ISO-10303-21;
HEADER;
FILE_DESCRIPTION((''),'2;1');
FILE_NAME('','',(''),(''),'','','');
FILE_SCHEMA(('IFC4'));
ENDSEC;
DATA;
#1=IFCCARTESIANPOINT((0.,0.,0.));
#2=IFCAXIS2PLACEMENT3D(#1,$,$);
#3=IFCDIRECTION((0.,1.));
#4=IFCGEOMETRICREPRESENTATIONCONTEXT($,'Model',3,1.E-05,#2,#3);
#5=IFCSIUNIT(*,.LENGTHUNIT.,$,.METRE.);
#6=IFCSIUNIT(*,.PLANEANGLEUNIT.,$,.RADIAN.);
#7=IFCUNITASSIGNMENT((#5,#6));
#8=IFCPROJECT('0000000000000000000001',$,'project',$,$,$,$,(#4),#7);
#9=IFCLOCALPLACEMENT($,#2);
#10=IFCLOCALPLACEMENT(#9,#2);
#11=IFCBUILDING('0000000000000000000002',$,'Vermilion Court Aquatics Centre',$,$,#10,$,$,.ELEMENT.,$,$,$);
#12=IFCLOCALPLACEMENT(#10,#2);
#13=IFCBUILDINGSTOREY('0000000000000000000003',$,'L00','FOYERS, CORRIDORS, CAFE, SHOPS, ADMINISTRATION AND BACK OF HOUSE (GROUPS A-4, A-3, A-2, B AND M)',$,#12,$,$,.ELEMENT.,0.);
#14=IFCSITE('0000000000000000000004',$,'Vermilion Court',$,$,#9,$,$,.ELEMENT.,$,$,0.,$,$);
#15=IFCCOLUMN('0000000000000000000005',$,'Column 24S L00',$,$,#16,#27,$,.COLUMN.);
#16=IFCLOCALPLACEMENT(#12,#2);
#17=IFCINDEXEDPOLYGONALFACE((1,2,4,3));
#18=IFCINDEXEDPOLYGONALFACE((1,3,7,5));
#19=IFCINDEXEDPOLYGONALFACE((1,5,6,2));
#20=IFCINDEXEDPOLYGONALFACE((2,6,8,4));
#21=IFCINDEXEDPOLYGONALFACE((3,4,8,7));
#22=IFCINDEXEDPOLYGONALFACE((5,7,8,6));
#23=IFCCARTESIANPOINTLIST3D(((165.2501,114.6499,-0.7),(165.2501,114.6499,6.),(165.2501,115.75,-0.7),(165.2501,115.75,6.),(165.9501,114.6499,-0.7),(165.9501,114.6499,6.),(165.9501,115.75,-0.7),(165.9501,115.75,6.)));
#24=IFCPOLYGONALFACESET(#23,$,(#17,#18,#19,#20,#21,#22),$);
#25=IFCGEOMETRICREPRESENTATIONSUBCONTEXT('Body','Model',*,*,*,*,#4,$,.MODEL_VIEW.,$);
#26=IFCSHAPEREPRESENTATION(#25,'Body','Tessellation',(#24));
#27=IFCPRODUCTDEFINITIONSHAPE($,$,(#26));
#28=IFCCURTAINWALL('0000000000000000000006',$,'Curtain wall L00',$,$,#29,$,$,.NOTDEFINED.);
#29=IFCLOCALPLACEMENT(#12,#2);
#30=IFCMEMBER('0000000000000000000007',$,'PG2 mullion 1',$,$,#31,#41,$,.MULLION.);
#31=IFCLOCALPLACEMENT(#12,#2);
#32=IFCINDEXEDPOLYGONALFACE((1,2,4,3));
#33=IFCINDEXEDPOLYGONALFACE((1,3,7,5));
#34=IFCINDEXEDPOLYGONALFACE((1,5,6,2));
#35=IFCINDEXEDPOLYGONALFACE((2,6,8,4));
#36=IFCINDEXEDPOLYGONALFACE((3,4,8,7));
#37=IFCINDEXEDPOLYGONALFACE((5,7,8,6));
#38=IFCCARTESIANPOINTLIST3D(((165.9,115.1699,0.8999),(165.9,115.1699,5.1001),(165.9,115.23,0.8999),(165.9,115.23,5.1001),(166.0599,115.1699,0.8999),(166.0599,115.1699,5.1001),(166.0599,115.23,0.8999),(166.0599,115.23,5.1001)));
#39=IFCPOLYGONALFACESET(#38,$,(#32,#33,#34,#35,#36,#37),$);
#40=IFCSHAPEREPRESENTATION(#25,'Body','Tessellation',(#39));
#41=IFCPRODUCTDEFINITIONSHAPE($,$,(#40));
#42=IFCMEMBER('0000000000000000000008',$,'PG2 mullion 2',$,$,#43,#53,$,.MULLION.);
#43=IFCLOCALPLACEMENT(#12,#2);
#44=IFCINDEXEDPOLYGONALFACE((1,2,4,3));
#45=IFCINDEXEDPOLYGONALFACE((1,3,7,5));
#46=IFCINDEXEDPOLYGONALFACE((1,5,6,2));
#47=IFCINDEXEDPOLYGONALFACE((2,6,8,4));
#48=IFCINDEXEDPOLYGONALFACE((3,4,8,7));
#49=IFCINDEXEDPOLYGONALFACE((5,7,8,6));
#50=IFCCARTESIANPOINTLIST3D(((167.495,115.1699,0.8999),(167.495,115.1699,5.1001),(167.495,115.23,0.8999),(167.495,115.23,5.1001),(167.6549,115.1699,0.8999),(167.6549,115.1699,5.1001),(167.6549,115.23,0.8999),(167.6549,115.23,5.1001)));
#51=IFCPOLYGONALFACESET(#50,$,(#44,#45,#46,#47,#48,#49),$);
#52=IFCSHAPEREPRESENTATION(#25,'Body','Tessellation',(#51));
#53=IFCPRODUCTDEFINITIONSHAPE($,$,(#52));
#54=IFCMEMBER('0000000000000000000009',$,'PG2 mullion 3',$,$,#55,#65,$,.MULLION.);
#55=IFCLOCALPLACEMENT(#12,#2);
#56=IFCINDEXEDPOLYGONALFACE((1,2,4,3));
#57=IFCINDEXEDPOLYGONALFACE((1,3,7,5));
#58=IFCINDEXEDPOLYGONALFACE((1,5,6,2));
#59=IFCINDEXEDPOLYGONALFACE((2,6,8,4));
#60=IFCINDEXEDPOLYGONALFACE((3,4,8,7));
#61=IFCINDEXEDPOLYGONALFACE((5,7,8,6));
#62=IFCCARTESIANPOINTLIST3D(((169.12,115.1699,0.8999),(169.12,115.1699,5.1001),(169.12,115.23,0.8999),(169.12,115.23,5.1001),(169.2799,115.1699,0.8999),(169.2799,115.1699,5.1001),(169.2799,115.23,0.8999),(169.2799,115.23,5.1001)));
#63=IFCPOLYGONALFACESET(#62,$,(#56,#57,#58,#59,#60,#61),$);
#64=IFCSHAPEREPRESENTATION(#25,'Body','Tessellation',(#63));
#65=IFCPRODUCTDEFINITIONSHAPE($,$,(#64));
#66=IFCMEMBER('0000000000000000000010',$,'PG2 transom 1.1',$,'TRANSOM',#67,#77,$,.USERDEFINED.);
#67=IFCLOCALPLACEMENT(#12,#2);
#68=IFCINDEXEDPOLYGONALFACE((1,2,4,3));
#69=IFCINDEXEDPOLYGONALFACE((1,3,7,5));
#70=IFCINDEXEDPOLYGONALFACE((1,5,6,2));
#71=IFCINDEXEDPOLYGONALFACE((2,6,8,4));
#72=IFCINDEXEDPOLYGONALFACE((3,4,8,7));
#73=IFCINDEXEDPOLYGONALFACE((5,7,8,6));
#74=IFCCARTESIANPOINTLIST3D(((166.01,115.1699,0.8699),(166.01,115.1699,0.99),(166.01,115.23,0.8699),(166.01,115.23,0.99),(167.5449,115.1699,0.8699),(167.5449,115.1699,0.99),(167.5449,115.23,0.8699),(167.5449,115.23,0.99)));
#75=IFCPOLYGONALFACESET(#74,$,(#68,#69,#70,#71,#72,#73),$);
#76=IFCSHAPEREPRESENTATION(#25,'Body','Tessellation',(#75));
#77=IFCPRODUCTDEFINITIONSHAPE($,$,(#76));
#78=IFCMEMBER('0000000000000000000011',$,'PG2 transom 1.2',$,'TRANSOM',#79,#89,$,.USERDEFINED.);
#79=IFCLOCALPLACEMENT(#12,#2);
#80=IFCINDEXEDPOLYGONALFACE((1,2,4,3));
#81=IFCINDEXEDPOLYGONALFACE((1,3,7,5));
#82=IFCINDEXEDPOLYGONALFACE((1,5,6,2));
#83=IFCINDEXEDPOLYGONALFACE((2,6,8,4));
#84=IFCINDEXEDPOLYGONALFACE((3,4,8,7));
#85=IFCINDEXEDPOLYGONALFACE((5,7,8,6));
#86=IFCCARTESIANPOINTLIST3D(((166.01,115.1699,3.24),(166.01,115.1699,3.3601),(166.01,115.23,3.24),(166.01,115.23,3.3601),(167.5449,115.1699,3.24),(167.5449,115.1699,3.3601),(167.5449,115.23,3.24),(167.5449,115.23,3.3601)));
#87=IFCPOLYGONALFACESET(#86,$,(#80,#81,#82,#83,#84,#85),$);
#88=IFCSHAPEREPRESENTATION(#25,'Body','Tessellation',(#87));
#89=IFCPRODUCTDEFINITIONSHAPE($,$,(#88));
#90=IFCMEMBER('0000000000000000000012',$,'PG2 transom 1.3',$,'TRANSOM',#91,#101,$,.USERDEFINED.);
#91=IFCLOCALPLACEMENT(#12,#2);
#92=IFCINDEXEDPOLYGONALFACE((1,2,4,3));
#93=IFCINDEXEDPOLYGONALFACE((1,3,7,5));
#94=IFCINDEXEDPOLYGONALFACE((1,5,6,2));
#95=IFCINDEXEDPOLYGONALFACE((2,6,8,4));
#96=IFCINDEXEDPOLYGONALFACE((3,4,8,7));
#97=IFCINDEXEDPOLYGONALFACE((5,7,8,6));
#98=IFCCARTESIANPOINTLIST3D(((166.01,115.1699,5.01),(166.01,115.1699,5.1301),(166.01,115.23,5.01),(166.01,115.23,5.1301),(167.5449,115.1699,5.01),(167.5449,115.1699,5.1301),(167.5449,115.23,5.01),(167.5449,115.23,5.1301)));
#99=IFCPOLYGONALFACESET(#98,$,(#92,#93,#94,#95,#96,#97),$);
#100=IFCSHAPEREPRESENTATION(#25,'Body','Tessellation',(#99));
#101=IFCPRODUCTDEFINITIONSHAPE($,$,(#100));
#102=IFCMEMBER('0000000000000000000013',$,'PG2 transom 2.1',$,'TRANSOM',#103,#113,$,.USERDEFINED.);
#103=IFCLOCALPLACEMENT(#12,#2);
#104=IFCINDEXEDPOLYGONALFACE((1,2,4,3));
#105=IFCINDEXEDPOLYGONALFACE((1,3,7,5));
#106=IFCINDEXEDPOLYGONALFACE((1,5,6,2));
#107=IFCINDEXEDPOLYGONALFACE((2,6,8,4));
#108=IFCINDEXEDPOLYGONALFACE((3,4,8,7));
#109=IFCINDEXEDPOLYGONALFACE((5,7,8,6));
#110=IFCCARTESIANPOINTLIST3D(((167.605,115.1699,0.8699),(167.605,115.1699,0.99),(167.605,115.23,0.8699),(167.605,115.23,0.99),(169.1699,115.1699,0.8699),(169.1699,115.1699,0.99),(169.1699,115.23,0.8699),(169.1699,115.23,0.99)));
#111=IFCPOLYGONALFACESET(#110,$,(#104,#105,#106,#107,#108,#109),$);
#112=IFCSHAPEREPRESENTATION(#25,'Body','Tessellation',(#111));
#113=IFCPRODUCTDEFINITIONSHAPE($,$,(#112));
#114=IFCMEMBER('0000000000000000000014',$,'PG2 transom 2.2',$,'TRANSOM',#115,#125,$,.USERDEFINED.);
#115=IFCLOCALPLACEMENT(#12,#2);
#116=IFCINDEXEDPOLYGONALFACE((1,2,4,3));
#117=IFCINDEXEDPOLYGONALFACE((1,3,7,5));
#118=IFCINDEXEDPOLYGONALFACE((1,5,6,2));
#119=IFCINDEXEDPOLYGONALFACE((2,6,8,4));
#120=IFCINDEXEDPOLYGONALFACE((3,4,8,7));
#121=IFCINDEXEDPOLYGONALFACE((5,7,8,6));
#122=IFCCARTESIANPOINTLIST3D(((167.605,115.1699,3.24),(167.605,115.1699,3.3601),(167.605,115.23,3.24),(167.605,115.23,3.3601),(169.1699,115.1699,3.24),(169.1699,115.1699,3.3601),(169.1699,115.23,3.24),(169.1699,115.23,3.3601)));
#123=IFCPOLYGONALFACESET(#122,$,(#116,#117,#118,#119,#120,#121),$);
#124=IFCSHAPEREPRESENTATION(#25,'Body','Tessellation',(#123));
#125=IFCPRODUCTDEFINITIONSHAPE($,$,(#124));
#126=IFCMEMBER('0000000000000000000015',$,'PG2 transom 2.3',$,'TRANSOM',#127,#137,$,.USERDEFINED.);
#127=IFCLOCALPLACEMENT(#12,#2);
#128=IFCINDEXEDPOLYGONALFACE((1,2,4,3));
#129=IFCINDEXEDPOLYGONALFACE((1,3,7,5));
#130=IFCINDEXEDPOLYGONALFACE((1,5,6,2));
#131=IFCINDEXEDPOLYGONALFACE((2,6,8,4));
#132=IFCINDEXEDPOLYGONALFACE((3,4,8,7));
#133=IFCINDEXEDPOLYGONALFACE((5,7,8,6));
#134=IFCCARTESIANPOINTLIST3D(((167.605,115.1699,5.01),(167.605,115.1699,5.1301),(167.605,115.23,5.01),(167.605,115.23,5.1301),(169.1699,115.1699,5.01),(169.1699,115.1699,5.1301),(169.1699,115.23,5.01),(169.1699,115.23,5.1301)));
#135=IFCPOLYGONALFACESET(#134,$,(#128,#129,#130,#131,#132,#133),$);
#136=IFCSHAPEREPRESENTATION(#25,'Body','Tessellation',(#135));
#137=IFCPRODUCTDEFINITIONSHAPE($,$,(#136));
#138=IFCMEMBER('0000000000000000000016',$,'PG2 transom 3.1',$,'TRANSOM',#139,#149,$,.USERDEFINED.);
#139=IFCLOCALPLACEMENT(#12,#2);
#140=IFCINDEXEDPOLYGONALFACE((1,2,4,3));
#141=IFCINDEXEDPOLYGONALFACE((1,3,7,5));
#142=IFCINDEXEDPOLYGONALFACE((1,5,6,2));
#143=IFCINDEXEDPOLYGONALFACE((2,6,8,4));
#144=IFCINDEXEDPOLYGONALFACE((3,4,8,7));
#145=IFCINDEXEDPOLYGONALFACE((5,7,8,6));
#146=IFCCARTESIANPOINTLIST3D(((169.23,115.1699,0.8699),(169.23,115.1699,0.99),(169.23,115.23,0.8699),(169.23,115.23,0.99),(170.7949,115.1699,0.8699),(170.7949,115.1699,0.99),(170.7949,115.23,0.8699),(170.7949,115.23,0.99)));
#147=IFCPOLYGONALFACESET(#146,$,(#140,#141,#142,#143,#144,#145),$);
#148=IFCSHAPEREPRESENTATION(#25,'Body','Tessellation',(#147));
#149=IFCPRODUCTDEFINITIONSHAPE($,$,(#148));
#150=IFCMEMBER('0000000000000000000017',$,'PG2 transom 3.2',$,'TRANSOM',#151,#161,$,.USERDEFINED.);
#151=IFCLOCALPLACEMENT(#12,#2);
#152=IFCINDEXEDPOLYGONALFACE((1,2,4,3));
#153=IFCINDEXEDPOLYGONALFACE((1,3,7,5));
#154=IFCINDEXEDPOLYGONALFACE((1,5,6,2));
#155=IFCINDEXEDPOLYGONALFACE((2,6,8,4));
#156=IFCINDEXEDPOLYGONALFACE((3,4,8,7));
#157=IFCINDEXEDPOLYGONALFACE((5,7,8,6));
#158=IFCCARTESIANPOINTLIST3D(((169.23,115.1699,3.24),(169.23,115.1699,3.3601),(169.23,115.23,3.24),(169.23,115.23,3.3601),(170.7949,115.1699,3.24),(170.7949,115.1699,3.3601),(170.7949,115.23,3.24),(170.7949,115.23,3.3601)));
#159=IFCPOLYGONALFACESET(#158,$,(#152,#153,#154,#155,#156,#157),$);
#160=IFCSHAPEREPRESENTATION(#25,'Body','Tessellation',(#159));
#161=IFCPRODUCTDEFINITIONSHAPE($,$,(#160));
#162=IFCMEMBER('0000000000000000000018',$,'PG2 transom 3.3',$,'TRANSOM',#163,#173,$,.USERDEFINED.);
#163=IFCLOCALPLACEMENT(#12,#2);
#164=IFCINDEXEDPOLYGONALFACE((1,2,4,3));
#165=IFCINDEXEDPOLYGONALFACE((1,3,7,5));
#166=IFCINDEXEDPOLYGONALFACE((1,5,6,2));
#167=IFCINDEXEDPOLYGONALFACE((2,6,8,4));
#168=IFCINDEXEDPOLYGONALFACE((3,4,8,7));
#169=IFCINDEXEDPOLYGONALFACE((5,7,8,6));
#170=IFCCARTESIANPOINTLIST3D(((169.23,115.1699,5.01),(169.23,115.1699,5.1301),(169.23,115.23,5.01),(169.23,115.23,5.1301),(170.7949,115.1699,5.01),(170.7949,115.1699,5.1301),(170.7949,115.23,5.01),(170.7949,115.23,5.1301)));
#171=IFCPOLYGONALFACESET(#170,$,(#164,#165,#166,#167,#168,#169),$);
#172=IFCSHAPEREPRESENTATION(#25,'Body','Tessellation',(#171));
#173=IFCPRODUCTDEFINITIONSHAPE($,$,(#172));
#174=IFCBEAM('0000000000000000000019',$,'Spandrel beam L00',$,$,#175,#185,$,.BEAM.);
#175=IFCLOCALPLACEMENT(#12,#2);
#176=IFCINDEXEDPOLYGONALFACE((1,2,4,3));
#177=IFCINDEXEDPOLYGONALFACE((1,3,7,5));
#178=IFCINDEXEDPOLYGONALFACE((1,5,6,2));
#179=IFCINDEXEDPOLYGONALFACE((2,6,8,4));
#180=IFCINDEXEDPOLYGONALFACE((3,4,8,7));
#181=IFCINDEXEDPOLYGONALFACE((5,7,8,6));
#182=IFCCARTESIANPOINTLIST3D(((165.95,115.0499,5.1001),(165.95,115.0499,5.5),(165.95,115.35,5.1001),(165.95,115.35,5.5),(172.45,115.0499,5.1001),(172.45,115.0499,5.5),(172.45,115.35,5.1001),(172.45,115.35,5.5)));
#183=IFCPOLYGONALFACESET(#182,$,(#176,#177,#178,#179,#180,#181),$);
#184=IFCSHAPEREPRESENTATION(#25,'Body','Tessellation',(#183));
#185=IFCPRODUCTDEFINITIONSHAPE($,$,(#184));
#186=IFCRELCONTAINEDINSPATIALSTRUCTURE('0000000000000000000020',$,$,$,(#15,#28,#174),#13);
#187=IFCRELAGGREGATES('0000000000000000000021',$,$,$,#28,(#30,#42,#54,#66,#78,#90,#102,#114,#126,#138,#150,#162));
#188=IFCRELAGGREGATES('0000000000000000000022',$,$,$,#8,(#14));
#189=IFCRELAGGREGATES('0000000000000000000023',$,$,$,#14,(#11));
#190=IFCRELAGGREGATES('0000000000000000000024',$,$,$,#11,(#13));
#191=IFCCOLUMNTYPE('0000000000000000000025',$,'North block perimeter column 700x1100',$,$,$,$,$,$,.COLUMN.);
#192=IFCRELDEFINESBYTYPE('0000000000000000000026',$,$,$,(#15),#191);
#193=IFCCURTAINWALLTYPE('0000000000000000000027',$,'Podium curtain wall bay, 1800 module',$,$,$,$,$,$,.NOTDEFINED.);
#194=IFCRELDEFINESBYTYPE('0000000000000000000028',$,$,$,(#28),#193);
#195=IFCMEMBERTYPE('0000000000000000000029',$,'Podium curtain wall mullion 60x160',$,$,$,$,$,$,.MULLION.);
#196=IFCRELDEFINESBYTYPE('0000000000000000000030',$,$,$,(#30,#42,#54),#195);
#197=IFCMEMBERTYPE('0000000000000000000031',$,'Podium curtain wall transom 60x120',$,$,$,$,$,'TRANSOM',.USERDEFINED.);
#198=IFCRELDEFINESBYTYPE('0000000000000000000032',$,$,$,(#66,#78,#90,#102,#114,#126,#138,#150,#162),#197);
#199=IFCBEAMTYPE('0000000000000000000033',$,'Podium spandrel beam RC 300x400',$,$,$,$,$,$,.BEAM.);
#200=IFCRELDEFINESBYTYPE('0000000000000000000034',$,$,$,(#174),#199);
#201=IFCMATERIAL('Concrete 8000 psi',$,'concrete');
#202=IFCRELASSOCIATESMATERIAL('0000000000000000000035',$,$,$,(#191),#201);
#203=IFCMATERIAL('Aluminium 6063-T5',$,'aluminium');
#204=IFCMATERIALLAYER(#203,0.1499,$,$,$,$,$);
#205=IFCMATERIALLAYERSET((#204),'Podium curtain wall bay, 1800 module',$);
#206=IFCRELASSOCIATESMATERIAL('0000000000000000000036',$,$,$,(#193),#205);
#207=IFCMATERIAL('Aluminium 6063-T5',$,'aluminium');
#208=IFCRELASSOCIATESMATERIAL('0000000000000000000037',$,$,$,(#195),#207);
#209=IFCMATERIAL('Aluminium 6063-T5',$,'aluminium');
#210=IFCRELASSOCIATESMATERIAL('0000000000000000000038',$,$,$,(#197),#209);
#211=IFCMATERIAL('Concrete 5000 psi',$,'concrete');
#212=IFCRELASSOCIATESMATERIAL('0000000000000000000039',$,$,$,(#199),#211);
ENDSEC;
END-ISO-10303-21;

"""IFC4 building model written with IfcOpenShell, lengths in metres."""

from ifc_helpers import new_model, si_unit, direction, frame, origin, origin_2d, place, context, subcontext, project, spatial, rectangle, extrude, material, layer, layer_set, material_profile, profile_set, type_object, element, aggregate, save


model = new_model("IFC4")

# Units and contexts
model_context = context("Model", 3, precision=1e-05, world=origin(), true_north=direction((0.0, 1.0)))
body_context = subcontext(model_context, "Body", "Model", "MODEL_VIEW")
ifc_project = project(units=[si_unit("LENGTHUNIT", "METRE"), si_unit("PLANEANGLEUNIT", "RADIAN")], contexts=[model_context])

# Site, building, storey
site_placement = place(None, origin())
site = spatial("IfcSite", under=ifc_project, at=site_placement, Name="Vermilion Court", CompositionType="ELEMENT", RefElevation=0.0)
building_placement = place(site_placement, origin())
building = spatial("IfcBuilding", under=site, at=building_placement, Name="Vermilion Court Aquatics Centre", CompositionType="ELEMENT")
storey_placement = place(building_placement, origin())
storey = spatial("IfcBuildingStorey", under=building, at=storey_placement, Name="L00", Description="FOYERS, CORRIDORS, CAFE, SHOPS, ADMINISTRATION AND BACK OF HOUSE (GROUPS A-4, A-3, A-2, B AND M)", CompositionType="ELEMENT", Elevation=0.0)

# Column
ifc_material_1 = material(Name="Concrete 8000 psi", Category="concrete")
ifc_material_profile_1 = material_profile(ifc_material_1, rectangle(XDim=0.7, YDim=1.1001, at=origin_2d()), Name="RC 700x1100")
ifc_profile_set_1 = profile_set([ifc_material_profile_1], Name="Concrete 8000 psi")
column_type = type_object("IfcColumnType", Name="North block perimeter column 700x1100", PredefinedType="COLUMN", material=ifc_profile_set_1)
column_placement = place(storey_placement, frame((165.6001, 115.2, -0.7), z_axis=(0.0, 0.0, 1.0), x_axis=(1.0, 0.0, 0.0)))
element("IfcColumn", 1, at=column_placement, inside=storey, type_object=column_type, Name="Column 24S L00", PredefinedType="COLUMN", context=body_context, shape_type="SweptSolid", body=[
    extrude(rectangle(XDim=0.7, YDim=1.1001, at=origin_2d()), origin(), (0.0, 0.0, 1.0), 6.7),
])

# Curtain wall, members
ifc_material_2 = material(Name="Aluminium 6063-T5", Category="aluminium")
ifc_layer_1 = layer(ifc_material_2, 0.1499)
ifc_layer_set_1 = layer_set([ifc_layer_1], Name="Podium curtain wall bay, 1800 module")
curtain_wall_type = type_object("IfcCurtainWallType", Name="Podium curtain wall bay, 1800 module", PredefinedType="NOTDEFINED", material=ifc_layer_set_1)
curtain_wall_placement = place(storey_placement, origin())
curtain_wall = element("IfcCurtainWall", 2, at=curtain_wall_placement, inside=storey, type_object=curtain_wall_type, Name="Curtain wall L00", PredefinedType="NOTDEFINED")
ifc_material_3 = material(Name="Aluminium 6063-T5", Category="aluminium")
ifc_material_profile_2 = material_profile(ifc_material_3, rectangle(XDim=0.0601, YDim=0.1599, at=origin_2d()), Name="Mullion 60x160")
ifc_profile_set_2 = profile_set([ifc_material_profile_2], Name="Aluminium 6063-T5")
member_type_1 = type_object("IfcMemberType", Name="Podium curtain wall mullion 60x160", PredefinedType="MULLION", material=ifc_profile_set_2)
member_1_placement = place(storey_placement, frame((165.98, 115.2, 0.8999), z_axis=(0.0, 0.0, 1.0), x_axis=(0.0, 1.0, 0.0)))
member_1 = element("IfcMember", 3, at=member_1_placement, type_object=member_type_1, Name="PG2 mullion 1", PredefinedType="MULLION", context=body_context, shape_type="SweptSolid", body=[
    extrude(rectangle(XDim=0.0601, YDim=0.1599, at=origin_2d()), origin(), (0.0, 0.0, 1.0), 4.2002),
])
member_2_placement = place(storey_placement, frame((167.575, 115.2, 0.8999), z_axis=(0.0, 0.0, 1.0), x_axis=(0.0, 1.0, 0.0)))
member_2 = element("IfcMember", 4, at=member_2_placement, type_object=member_type_1, Name="PG2 mullion 2", PredefinedType="MULLION", context=body_context, shape_type="SweptSolid", body=[
    extrude(rectangle(XDim=0.0601, YDim=0.1599, at=origin_2d()), origin(), (0.0, 0.0, 1.0), 4.2002),
])
member_3_placement = place(storey_placement, frame((169.2, 115.2, 0.8999), z_axis=(0.0, 0.0, 1.0), x_axis=(0.0, 1.0, 0.0)))
member_3 = element("IfcMember", 5, at=member_3_placement, type_object=member_type_1, Name="PG2 mullion 3", PredefinedType="MULLION", context=body_context, shape_type="SweptSolid", body=[
    extrude(rectangle(XDim=0.0601, YDim=0.1599, at=origin_2d()), origin(), (0.0, 0.0, 1.0), 4.2002),
])
ifc_material_4 = material(Name="Aluminium 6063-T5", Category="aluminium")
ifc_material_profile_3 = material_profile(ifc_material_4, rectangle(XDim=0.0601, YDim=0.1201, at=origin_2d()), Name="Transom 60x120")
ifc_profile_set_3 = profile_set([ifc_material_profile_3], Name="Aluminium 6063-T5")
member_type_2 = type_object("IfcMemberType", Name="Podium curtain wall transom 60x120", ElementType="TRANSOM", PredefinedType="USERDEFINED", material=ifc_profile_set_3)
member_4_placement = place(storey_placement, frame((166.01, 115.2, 0.9299), z_axis=(1.0, 0.0, 0.0), x_axis=(0.0, 1.0, 0.0)))
member_4 = element("IfcMember", 6, at=member_4_placement, type_object=member_type_2, Name="PG2 transom 1.1", ObjectType="TRANSOM", PredefinedType="USERDEFINED", context=body_context, shape_type="SweptSolid", body=[
    extrude(rectangle(XDim=0.0601, YDim=0.1201, at=origin_2d()), origin(), (0.0, 0.0, 1.0), 1.5349),
])
member_5_placement = place(storey_placement, frame((166.01, 115.2, 3.3), z_axis=(1.0, 0.0, 0.0), x_axis=(0.0, 1.0, 0.0)))
member_5 = element("IfcMember", 7, at=member_5_placement, type_object=member_type_2, Name="PG2 transom 1.2", ObjectType="TRANSOM", PredefinedType="USERDEFINED", context=body_context, shape_type="SweptSolid", body=[
    extrude(rectangle(XDim=0.0601, YDim=0.1201, at=origin_2d()), origin(), (0.0, 0.0, 1.0), 1.5349),
])
member_6_placement = place(storey_placement, frame((166.01, 115.2, 5.0701), z_axis=(1.0, 0.0, 0.0), x_axis=(0.0, 1.0, 0.0)))
member_6 = element("IfcMember", 8, at=member_6_placement, type_object=member_type_2, Name="PG2 transom 1.3", ObjectType="TRANSOM", PredefinedType="USERDEFINED", context=body_context, shape_type="SweptSolid", body=[
    extrude(rectangle(XDim=0.0601, YDim=0.1201, at=origin_2d()), origin(), (0.0, 0.0, 1.0), 1.5349),
])
member_7_placement = place(storey_placement, frame((167.605, 115.2, 0.9299), z_axis=(1.0, 0.0, 0.0), x_axis=(0.0, 1.0, 0.0)))
member_7 = element("IfcMember", 9, at=member_7_placement, type_object=member_type_2, Name="PG2 transom 2.1", ObjectType="TRANSOM", PredefinedType="USERDEFINED", context=body_context, shape_type="SweptSolid", body=[
    extrude(rectangle(XDim=0.0601, YDim=0.1201, at=origin_2d()), origin(), (0.0, 0.0, 1.0), 1.5649),
])
member_8_placement = place(storey_placement, frame((167.605, 115.2, 3.3), z_axis=(1.0, 0.0, 0.0), x_axis=(0.0, 1.0, 0.0)))
member_8 = element("IfcMember", 10, at=member_8_placement, type_object=member_type_2, Name="PG2 transom 2.2", ObjectType="TRANSOM", PredefinedType="USERDEFINED", context=body_context, shape_type="SweptSolid", body=[
    extrude(rectangle(XDim=0.0601, YDim=0.1201, at=origin_2d()), origin(), (0.0, 0.0, 1.0), 1.5649),
])
member_9_placement = place(storey_placement, frame((167.605, 115.2, 5.0701), z_axis=(1.0, 0.0, 0.0), x_axis=(0.0, 1.0, 0.0)))
member_9 = element("IfcMember", 11, at=member_9_placement, type_object=member_type_2, Name="PG2 transom 2.3", ObjectType="TRANSOM", PredefinedType="USERDEFINED", context=body_context, shape_type="SweptSolid", body=[
    extrude(rectangle(XDim=0.0601, YDim=0.1201, at=origin_2d()), origin(), (0.0, 0.0, 1.0), 1.5649),
])
member_10_placement = place(storey_placement, frame((169.23, 115.2, 0.9299), z_axis=(1.0, 0.0, 0.0), x_axis=(0.0, 1.0, 0.0)))
member_10 = element("IfcMember", 12, at=member_10_placement, type_object=member_type_2, Name="PG2 transom 3.1", ObjectType="TRANSOM", PredefinedType="USERDEFINED", context=body_context, shape_type="SweptSolid", body=[
    extrude(rectangle(XDim=0.0601, YDim=0.1201, at=origin_2d()), origin(), (0.0, 0.0, 1.0), 1.5649),
])
member_11_placement = place(storey_placement, frame((169.23, 115.2, 3.3), z_axis=(1.0, 0.0, 0.0), x_axis=(0.0, 1.0, 0.0)))
member_11 = element("IfcMember", 13, at=member_11_placement, type_object=member_type_2, Name="PG2 transom 3.2", ObjectType="TRANSOM", PredefinedType="USERDEFINED", context=body_context, shape_type="SweptSolid", body=[
    extrude(rectangle(XDim=0.0601, YDim=0.1201, at=origin_2d()), origin(), (0.0, 0.0, 1.0), 1.5649),
])
member_12_placement = place(storey_placement, frame((169.23, 115.2, 5.0701), z_axis=(1.0, 0.0, 0.0), x_axis=(0.0, 1.0, 0.0)))
member_12 = element("IfcMember", 14, at=member_12_placement, type_object=member_type_2, Name="PG2 transom 3.3", ObjectType="TRANSOM", PredefinedType="USERDEFINED", context=body_context, shape_type="SweptSolid", body=[
    extrude(rectangle(XDim=0.0601, YDim=0.1201, at=origin_2d()), origin(), (0.0, 0.0, 1.0), 1.5649),
])

# Beam
ifc_material_5 = material(Name="Concrete 5000 psi", Category="concrete")
ifc_material_profile_4 = material_profile(ifc_material_5, rectangle(XDim=0.3, YDim=0.3999, at=origin_2d()), Name="RC 300x400")
ifc_profile_set_4 = profile_set([ifc_material_profile_4], Name="Concrete 5000 psi")
beam_type = type_object("IfcBeamType", Name="Podium spandrel beam RC 300x400", PredefinedType="BEAM", material=ifc_profile_set_4)
beam_placement = place(storey_placement, frame((165.95, 115.2, 5.3), z_axis=(1.0, 0.0, 0.0), x_axis=(0.0, 1.0, 0.0)))
element("IfcBeam", 15, at=beam_placement, inside=storey, type_object=beam_type, Name="Spandrel beam L00", PredefinedType="BEAM", context=body_context, shape_type="SweptSolid", body=[
    extrude(rectangle(XDim=0.3, YDim=0.3999, at=origin_2d()), origin(), (0.0, 0.0, 1.0), 6.5),
])

aggregate(curtain_wall, [member_1, member_2, member_3, member_4, member_5, member_6, member_7, member_8, member_9, member_10, member_11, member_12])

save(model, "model.ifc")
